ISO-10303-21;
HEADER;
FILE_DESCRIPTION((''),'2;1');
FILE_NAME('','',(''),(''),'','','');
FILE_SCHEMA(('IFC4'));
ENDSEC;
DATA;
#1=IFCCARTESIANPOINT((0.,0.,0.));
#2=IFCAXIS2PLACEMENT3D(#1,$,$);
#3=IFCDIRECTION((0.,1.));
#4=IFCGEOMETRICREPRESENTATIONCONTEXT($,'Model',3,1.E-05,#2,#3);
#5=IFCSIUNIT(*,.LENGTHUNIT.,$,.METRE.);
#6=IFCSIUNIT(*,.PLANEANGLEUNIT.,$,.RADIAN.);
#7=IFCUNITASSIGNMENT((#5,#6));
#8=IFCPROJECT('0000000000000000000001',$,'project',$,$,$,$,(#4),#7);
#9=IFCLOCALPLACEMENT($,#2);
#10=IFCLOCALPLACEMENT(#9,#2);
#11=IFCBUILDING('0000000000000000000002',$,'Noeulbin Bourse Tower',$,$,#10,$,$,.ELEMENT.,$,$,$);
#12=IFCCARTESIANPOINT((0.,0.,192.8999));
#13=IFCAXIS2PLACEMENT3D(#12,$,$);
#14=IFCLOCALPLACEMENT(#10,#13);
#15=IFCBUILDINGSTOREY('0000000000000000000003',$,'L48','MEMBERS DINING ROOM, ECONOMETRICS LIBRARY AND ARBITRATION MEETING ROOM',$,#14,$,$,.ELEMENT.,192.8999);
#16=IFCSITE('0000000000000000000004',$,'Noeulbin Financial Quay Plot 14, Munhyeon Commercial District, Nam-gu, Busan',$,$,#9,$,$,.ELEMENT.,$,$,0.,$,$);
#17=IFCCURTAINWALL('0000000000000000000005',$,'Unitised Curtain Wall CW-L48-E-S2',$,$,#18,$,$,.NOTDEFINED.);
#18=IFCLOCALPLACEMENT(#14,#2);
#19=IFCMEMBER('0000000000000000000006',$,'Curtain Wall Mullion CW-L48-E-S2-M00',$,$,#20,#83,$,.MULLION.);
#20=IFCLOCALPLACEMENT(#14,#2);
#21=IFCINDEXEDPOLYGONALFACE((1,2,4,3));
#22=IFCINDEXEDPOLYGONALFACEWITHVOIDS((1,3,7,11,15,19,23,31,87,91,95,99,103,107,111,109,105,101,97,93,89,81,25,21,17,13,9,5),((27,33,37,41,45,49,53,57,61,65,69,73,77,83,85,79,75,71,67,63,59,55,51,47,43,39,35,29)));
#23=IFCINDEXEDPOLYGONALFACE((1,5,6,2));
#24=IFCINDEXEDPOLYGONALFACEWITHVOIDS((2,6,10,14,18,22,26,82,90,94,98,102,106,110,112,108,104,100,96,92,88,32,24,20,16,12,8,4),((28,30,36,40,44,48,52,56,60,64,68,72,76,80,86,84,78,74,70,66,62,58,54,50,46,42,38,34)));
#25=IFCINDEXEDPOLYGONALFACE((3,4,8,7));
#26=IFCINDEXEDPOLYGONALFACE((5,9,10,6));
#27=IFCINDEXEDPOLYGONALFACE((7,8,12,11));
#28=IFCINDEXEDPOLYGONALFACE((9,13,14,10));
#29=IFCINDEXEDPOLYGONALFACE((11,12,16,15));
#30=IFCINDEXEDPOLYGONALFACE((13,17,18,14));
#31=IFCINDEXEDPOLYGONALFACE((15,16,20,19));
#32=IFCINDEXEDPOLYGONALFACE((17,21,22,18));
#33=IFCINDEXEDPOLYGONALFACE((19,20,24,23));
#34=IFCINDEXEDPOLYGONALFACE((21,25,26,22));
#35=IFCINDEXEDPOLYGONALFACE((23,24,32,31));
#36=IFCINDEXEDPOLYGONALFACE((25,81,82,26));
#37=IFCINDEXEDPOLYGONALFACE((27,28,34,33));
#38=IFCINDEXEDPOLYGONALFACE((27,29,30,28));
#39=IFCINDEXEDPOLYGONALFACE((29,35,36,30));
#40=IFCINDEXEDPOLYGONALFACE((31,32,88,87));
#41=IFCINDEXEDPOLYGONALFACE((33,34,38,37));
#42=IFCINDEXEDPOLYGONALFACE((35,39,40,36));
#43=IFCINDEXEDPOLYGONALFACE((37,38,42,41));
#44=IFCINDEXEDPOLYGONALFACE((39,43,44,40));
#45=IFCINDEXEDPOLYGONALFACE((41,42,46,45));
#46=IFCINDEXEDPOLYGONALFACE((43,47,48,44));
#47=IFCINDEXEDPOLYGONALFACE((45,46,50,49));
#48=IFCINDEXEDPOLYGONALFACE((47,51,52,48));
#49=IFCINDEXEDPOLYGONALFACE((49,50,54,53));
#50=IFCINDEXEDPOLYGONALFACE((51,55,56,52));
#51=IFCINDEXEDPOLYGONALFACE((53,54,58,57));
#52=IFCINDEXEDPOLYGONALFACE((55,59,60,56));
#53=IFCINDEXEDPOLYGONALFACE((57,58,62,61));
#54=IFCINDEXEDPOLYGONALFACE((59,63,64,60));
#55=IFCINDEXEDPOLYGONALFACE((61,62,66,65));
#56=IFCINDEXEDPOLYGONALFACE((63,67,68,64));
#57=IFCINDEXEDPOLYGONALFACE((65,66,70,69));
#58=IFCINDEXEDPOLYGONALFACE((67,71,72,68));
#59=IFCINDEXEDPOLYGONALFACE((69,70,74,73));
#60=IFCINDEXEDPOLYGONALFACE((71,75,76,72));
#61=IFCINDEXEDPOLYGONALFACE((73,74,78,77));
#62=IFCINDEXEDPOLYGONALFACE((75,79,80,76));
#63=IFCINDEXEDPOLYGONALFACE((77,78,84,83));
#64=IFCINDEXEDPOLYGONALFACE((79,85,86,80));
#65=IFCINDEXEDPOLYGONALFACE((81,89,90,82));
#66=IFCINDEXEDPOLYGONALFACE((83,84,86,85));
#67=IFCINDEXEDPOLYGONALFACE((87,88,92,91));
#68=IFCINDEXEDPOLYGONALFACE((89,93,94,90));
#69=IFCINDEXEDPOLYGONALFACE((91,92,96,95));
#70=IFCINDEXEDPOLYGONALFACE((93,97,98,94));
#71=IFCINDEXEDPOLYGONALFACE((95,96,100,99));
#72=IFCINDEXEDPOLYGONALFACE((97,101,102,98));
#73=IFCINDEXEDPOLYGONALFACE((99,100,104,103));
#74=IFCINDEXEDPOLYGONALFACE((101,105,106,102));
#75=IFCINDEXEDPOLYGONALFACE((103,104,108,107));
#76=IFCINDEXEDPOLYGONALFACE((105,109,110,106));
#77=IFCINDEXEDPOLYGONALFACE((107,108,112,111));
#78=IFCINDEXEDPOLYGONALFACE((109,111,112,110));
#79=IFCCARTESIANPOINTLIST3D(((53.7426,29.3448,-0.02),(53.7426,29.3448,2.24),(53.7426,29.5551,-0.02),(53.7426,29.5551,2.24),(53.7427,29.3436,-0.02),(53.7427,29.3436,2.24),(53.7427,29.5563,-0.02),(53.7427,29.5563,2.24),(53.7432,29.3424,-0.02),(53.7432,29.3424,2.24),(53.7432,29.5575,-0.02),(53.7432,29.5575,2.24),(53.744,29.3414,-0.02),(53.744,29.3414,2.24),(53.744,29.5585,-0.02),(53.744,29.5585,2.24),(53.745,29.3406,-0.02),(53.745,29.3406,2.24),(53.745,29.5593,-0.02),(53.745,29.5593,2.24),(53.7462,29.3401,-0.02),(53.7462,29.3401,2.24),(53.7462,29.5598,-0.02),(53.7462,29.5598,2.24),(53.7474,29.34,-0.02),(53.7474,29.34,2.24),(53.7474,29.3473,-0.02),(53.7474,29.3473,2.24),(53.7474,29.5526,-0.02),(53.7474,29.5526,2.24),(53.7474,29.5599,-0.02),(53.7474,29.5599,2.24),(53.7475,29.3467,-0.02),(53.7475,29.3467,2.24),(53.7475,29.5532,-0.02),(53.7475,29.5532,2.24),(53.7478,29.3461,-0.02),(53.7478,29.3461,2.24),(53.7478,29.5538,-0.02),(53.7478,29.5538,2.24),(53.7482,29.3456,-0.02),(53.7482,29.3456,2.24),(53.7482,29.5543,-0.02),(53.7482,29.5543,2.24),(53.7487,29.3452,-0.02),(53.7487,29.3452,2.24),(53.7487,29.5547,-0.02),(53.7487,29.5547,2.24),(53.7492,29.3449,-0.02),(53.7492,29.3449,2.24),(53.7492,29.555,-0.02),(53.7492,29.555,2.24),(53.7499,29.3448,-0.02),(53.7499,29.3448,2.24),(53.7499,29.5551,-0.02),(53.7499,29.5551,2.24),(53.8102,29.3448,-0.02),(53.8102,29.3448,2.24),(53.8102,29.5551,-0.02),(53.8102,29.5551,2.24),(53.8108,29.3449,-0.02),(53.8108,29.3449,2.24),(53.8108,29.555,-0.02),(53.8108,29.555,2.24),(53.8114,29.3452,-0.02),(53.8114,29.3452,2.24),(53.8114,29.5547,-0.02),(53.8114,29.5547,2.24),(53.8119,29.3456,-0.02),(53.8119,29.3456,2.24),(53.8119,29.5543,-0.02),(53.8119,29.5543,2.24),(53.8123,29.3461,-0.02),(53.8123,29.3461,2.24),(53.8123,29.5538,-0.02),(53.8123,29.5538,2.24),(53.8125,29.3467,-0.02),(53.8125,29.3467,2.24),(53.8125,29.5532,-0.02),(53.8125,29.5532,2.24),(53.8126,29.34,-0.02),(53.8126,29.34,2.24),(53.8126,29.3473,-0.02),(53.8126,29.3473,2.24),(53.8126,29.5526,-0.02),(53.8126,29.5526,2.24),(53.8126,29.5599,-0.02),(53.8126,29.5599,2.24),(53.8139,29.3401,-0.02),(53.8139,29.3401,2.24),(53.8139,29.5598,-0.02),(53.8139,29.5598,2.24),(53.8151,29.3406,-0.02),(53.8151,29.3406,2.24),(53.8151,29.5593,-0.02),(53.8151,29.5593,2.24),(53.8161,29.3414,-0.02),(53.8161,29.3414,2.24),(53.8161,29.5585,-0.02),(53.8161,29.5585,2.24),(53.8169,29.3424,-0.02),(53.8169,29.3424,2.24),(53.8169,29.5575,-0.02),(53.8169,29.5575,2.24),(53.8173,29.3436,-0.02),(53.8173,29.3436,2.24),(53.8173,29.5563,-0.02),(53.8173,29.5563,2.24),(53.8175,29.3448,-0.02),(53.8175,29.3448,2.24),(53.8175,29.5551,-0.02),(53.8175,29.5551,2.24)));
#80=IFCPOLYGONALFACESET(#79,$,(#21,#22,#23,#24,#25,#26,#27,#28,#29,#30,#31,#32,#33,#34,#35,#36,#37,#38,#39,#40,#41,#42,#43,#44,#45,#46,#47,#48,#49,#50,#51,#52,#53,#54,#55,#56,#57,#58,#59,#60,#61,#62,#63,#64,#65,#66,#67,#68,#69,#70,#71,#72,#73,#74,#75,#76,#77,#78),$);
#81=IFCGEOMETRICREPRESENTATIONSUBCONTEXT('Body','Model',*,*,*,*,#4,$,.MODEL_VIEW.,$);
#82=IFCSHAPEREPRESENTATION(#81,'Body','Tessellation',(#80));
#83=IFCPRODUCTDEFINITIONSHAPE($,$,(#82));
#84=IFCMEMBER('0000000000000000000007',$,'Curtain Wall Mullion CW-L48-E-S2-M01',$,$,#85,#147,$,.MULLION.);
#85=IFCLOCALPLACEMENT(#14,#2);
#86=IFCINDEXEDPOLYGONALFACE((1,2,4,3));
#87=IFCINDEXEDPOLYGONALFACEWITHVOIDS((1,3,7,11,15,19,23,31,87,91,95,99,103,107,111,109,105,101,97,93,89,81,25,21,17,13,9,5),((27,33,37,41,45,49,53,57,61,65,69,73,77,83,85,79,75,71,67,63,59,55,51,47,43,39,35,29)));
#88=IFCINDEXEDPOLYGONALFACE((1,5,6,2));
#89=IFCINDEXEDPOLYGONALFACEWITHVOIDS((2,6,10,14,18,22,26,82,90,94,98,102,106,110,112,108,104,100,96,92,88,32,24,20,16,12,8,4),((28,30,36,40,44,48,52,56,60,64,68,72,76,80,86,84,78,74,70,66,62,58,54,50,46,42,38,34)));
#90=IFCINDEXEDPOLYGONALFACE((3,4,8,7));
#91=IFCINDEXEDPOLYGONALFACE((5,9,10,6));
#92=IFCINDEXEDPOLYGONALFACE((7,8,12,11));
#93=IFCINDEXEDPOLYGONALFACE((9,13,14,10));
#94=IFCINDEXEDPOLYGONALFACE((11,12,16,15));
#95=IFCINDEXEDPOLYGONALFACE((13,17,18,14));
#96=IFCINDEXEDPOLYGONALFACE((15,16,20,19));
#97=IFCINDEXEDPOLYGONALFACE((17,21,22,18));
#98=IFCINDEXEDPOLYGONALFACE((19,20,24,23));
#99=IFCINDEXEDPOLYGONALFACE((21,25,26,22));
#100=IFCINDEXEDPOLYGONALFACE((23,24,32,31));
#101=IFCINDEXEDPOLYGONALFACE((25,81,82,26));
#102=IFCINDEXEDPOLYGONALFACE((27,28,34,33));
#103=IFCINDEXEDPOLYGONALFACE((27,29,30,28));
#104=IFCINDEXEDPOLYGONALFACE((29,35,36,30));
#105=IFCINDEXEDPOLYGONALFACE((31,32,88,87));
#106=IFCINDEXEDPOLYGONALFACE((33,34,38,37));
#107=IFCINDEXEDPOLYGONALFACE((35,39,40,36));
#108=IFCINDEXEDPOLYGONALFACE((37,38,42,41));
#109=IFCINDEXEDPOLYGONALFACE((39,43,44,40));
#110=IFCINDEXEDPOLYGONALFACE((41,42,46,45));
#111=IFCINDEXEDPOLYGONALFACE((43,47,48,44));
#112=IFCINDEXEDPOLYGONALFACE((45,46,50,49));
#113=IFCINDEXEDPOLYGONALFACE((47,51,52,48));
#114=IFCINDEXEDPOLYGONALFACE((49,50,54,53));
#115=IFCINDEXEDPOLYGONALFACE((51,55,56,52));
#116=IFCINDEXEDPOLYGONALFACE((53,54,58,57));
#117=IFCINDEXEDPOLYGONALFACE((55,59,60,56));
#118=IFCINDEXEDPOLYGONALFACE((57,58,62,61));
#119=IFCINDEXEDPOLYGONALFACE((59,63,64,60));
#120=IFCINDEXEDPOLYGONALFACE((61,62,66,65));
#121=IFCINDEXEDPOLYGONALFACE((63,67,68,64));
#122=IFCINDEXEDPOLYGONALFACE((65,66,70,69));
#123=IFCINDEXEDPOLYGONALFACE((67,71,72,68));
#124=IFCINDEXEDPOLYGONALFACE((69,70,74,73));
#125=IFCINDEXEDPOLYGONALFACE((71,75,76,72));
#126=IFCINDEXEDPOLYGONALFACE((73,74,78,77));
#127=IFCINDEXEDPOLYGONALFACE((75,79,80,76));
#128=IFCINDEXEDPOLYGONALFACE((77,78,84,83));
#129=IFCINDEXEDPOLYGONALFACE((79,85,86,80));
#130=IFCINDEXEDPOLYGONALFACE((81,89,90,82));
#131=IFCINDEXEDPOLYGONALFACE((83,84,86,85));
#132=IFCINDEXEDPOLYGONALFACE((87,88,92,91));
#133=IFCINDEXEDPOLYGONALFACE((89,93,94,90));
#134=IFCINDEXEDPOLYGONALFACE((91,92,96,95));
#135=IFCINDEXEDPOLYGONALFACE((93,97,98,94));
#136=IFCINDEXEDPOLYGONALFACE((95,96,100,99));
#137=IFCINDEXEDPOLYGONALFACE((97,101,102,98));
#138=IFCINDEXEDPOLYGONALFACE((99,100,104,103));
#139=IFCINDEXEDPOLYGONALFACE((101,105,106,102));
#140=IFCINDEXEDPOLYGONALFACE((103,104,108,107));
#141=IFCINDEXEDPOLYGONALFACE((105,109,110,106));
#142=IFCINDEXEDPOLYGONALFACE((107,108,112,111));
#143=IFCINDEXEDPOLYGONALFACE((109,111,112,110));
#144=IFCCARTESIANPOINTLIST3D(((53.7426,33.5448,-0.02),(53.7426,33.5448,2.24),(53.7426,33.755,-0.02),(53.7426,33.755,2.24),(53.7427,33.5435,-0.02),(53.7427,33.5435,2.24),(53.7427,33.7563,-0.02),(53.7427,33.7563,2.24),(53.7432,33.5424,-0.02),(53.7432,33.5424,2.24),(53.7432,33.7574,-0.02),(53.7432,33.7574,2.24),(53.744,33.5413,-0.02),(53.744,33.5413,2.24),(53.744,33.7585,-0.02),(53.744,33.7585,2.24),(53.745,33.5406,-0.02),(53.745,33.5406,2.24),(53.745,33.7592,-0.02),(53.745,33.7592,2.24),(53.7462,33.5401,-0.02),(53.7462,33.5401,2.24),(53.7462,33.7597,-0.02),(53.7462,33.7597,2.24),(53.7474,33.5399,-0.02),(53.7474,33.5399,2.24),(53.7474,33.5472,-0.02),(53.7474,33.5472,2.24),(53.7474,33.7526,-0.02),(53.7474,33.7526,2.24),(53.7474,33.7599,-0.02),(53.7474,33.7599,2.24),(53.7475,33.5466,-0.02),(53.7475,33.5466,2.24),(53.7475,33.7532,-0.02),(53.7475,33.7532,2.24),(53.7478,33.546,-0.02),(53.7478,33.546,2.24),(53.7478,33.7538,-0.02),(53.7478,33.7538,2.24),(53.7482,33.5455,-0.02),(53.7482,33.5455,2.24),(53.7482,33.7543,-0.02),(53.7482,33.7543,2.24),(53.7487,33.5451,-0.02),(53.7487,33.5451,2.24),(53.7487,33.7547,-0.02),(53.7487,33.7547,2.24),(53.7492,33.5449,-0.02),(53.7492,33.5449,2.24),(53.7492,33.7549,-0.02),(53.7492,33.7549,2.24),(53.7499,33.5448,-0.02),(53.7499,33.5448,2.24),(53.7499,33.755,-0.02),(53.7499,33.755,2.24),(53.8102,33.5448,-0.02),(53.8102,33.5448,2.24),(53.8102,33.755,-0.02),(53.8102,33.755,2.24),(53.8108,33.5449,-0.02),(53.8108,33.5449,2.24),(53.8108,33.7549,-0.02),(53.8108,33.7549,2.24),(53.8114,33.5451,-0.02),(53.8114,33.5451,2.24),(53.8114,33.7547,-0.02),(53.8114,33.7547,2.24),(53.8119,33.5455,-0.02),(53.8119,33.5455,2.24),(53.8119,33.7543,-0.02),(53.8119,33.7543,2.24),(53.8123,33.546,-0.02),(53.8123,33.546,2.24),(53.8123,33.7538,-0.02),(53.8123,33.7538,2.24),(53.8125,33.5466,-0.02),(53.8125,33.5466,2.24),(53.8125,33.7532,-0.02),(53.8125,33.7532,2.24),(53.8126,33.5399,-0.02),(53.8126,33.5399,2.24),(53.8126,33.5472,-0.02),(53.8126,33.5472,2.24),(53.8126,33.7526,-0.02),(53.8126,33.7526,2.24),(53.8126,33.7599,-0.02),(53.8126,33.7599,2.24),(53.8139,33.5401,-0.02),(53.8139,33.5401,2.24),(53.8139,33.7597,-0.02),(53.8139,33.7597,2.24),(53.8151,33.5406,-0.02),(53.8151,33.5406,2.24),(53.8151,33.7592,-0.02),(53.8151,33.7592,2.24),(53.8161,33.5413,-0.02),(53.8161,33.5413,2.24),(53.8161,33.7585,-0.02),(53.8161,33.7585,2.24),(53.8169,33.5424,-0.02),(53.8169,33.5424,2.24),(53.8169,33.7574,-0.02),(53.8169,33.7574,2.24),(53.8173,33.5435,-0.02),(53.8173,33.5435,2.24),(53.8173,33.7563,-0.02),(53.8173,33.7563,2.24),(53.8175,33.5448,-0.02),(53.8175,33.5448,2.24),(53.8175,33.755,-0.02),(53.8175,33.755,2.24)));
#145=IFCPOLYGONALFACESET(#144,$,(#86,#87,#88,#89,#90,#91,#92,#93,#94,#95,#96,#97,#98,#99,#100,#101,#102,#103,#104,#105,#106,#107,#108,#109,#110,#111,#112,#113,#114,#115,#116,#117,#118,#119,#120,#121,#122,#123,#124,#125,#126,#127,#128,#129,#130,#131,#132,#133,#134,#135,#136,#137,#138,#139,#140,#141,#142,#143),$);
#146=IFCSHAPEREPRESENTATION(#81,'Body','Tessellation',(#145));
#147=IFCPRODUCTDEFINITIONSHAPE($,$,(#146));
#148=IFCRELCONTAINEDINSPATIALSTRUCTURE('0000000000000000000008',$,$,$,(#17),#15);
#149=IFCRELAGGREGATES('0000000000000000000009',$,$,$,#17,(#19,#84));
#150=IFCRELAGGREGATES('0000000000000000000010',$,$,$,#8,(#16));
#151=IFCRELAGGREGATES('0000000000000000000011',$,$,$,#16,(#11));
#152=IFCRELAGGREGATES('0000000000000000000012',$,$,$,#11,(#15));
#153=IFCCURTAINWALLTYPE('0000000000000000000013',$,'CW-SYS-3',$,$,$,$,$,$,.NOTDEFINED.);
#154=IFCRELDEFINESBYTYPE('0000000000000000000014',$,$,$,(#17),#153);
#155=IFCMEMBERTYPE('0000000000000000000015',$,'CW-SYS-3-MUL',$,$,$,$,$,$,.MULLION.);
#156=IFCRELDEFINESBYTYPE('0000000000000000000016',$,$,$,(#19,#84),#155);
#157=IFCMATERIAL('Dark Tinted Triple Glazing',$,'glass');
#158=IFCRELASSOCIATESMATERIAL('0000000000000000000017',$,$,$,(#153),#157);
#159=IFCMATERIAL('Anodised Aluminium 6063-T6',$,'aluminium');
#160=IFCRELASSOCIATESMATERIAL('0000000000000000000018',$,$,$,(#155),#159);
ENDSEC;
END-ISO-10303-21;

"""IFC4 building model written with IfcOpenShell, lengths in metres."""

from ifc_helpers import new_model, si_unit, direction, frame, origin, origin_2d, place, context, subcontext, project, spatial, hollow_rectangle, extrude, material, material_profile, profile_set, type_object, element, aggregate, save


model = new_model("IFC4")

# Units and contexts
model_context = context("Model", 3, precision=1e-05, world=origin(), true_north=direction((0.0, 1.0)))
body_context = subcontext(model_context, "Body", "Model", "MODEL_VIEW")
ifc_project = project(units=[si_unit("LENGTHUNIT", "METRE"), si_unit("PLANEANGLEUNIT", "RADIAN")], contexts=[model_context])

# Site, building, storey
site_placement = place(None, origin())
site = spatial("IfcSite", under=ifc_project, at=site_placement, Name="Noeulbin Financial Quay Plot 14, Munhyeon Commercial District, Nam-gu, Busan", CompositionType="ELEMENT", RefElevation=0.0)
building_placement = place(site_placement, origin())
building = spatial("IfcBuilding", under=site, at=building_placement, Name="Noeulbin Bourse Tower", CompositionType="ELEMENT")
storey_placement = place(building_placement, frame((0.0, 0.0, 192.8999)))
storey = spatial("IfcBuildingStorey", under=building, at=storey_placement, Name="L48", Description="MEMBERS DINING ROOM, ECONOMETRICS LIBRARY AND ARBITRATION MEETING ROOM", CompositionType="ELEMENT", Elevation=192.8999)

# Curtain wall, members
ifc_material_1 = material(Name="Dark Tinted Triple Glazing", Category="glass")
curtain_wall_type = type_object("IfcCurtainWallType", Name="CW-SYS-3", PredefinedType="NOTDEFINED", material=ifc_material_1)
curtain_wall_placement = place(storey_placement, origin())
curtain_wall = element("IfcCurtainWall", 1, at=curtain_wall_placement, inside=storey, type_object=curtain_wall_type, Name="Unitised Curtain Wall CW-L48-E-S2", PredefinedType="NOTDEFINED")
ifc_material_2 = material(Name="Anodised Aluminium 6063-T6", Category="aluminium")
ifc_material_profile_1 = material_profile(ifc_material_2, hollow_rectangle(XDim=0.075, YDim=0.22, WallThickness=0.0049, InnerFilletRadius=0.0024, OuterFilletRadius=0.0049, at=origin_2d()), Name="ALU-MULL-75x220x5", Category="LoadBearing")
ifc_profile_set_1 = profile_set([ifc_material_profile_1], Name="Anodised Aluminium 6063-T6")
member_type_1 = type_object("IfcMemberType", Name="CW-SYS-3-MUL", PredefinedType="MULLION", material=ifc_profile_set_1)
member_1_placement = place(storey_placement, frame((53.78, 29.45, -0.02), z_axis=(0.0, 0.0, 1.0), x_axis=(1.0, 0.0, 0.0)))
member_1 = element("IfcMember", 2, at=member_1_placement, type_object=member_type_1, Name="Curtain Wall Mullion CW-L48-E-S2-M00", PredefinedType="MULLION", context=body_context, shape_type="SweptSolid", body=[
    extrude(hollow_rectangle(XDim=0.075, YDim=0.22, WallThickness=0.0049, InnerFilletRadius=0.0024, OuterFilletRadius=0.0049, at=origin_2d()), origin(), (0.0, 0.0, 1.0), 2.26),
])
member_2_placement = place(storey_placement, frame((53.78, 33.6499, -0.02), z_axis=(0.0, 0.0, 1.0), x_axis=(1.0, 0.0, 0.0)))
member_2 = element("IfcMember", 3, at=member_2_placement, type_object=member_type_1, Name="Curtain Wall Mullion CW-L48-E-S2-M01", PredefinedType="MULLION", context=body_context, shape_type="SweptSolid", body=[
    extrude(hollow_rectangle(XDim=0.075, YDim=0.22, WallThickness=0.0049, InnerFilletRadius=0.0024, OuterFilletRadius=0.0049, at=origin_2d()), origin(), (0.0, 0.0, 1.0), 2.26),
])
aggregate(curtain_wall, [member_1, member_2])

save(model, "model.ifc")
